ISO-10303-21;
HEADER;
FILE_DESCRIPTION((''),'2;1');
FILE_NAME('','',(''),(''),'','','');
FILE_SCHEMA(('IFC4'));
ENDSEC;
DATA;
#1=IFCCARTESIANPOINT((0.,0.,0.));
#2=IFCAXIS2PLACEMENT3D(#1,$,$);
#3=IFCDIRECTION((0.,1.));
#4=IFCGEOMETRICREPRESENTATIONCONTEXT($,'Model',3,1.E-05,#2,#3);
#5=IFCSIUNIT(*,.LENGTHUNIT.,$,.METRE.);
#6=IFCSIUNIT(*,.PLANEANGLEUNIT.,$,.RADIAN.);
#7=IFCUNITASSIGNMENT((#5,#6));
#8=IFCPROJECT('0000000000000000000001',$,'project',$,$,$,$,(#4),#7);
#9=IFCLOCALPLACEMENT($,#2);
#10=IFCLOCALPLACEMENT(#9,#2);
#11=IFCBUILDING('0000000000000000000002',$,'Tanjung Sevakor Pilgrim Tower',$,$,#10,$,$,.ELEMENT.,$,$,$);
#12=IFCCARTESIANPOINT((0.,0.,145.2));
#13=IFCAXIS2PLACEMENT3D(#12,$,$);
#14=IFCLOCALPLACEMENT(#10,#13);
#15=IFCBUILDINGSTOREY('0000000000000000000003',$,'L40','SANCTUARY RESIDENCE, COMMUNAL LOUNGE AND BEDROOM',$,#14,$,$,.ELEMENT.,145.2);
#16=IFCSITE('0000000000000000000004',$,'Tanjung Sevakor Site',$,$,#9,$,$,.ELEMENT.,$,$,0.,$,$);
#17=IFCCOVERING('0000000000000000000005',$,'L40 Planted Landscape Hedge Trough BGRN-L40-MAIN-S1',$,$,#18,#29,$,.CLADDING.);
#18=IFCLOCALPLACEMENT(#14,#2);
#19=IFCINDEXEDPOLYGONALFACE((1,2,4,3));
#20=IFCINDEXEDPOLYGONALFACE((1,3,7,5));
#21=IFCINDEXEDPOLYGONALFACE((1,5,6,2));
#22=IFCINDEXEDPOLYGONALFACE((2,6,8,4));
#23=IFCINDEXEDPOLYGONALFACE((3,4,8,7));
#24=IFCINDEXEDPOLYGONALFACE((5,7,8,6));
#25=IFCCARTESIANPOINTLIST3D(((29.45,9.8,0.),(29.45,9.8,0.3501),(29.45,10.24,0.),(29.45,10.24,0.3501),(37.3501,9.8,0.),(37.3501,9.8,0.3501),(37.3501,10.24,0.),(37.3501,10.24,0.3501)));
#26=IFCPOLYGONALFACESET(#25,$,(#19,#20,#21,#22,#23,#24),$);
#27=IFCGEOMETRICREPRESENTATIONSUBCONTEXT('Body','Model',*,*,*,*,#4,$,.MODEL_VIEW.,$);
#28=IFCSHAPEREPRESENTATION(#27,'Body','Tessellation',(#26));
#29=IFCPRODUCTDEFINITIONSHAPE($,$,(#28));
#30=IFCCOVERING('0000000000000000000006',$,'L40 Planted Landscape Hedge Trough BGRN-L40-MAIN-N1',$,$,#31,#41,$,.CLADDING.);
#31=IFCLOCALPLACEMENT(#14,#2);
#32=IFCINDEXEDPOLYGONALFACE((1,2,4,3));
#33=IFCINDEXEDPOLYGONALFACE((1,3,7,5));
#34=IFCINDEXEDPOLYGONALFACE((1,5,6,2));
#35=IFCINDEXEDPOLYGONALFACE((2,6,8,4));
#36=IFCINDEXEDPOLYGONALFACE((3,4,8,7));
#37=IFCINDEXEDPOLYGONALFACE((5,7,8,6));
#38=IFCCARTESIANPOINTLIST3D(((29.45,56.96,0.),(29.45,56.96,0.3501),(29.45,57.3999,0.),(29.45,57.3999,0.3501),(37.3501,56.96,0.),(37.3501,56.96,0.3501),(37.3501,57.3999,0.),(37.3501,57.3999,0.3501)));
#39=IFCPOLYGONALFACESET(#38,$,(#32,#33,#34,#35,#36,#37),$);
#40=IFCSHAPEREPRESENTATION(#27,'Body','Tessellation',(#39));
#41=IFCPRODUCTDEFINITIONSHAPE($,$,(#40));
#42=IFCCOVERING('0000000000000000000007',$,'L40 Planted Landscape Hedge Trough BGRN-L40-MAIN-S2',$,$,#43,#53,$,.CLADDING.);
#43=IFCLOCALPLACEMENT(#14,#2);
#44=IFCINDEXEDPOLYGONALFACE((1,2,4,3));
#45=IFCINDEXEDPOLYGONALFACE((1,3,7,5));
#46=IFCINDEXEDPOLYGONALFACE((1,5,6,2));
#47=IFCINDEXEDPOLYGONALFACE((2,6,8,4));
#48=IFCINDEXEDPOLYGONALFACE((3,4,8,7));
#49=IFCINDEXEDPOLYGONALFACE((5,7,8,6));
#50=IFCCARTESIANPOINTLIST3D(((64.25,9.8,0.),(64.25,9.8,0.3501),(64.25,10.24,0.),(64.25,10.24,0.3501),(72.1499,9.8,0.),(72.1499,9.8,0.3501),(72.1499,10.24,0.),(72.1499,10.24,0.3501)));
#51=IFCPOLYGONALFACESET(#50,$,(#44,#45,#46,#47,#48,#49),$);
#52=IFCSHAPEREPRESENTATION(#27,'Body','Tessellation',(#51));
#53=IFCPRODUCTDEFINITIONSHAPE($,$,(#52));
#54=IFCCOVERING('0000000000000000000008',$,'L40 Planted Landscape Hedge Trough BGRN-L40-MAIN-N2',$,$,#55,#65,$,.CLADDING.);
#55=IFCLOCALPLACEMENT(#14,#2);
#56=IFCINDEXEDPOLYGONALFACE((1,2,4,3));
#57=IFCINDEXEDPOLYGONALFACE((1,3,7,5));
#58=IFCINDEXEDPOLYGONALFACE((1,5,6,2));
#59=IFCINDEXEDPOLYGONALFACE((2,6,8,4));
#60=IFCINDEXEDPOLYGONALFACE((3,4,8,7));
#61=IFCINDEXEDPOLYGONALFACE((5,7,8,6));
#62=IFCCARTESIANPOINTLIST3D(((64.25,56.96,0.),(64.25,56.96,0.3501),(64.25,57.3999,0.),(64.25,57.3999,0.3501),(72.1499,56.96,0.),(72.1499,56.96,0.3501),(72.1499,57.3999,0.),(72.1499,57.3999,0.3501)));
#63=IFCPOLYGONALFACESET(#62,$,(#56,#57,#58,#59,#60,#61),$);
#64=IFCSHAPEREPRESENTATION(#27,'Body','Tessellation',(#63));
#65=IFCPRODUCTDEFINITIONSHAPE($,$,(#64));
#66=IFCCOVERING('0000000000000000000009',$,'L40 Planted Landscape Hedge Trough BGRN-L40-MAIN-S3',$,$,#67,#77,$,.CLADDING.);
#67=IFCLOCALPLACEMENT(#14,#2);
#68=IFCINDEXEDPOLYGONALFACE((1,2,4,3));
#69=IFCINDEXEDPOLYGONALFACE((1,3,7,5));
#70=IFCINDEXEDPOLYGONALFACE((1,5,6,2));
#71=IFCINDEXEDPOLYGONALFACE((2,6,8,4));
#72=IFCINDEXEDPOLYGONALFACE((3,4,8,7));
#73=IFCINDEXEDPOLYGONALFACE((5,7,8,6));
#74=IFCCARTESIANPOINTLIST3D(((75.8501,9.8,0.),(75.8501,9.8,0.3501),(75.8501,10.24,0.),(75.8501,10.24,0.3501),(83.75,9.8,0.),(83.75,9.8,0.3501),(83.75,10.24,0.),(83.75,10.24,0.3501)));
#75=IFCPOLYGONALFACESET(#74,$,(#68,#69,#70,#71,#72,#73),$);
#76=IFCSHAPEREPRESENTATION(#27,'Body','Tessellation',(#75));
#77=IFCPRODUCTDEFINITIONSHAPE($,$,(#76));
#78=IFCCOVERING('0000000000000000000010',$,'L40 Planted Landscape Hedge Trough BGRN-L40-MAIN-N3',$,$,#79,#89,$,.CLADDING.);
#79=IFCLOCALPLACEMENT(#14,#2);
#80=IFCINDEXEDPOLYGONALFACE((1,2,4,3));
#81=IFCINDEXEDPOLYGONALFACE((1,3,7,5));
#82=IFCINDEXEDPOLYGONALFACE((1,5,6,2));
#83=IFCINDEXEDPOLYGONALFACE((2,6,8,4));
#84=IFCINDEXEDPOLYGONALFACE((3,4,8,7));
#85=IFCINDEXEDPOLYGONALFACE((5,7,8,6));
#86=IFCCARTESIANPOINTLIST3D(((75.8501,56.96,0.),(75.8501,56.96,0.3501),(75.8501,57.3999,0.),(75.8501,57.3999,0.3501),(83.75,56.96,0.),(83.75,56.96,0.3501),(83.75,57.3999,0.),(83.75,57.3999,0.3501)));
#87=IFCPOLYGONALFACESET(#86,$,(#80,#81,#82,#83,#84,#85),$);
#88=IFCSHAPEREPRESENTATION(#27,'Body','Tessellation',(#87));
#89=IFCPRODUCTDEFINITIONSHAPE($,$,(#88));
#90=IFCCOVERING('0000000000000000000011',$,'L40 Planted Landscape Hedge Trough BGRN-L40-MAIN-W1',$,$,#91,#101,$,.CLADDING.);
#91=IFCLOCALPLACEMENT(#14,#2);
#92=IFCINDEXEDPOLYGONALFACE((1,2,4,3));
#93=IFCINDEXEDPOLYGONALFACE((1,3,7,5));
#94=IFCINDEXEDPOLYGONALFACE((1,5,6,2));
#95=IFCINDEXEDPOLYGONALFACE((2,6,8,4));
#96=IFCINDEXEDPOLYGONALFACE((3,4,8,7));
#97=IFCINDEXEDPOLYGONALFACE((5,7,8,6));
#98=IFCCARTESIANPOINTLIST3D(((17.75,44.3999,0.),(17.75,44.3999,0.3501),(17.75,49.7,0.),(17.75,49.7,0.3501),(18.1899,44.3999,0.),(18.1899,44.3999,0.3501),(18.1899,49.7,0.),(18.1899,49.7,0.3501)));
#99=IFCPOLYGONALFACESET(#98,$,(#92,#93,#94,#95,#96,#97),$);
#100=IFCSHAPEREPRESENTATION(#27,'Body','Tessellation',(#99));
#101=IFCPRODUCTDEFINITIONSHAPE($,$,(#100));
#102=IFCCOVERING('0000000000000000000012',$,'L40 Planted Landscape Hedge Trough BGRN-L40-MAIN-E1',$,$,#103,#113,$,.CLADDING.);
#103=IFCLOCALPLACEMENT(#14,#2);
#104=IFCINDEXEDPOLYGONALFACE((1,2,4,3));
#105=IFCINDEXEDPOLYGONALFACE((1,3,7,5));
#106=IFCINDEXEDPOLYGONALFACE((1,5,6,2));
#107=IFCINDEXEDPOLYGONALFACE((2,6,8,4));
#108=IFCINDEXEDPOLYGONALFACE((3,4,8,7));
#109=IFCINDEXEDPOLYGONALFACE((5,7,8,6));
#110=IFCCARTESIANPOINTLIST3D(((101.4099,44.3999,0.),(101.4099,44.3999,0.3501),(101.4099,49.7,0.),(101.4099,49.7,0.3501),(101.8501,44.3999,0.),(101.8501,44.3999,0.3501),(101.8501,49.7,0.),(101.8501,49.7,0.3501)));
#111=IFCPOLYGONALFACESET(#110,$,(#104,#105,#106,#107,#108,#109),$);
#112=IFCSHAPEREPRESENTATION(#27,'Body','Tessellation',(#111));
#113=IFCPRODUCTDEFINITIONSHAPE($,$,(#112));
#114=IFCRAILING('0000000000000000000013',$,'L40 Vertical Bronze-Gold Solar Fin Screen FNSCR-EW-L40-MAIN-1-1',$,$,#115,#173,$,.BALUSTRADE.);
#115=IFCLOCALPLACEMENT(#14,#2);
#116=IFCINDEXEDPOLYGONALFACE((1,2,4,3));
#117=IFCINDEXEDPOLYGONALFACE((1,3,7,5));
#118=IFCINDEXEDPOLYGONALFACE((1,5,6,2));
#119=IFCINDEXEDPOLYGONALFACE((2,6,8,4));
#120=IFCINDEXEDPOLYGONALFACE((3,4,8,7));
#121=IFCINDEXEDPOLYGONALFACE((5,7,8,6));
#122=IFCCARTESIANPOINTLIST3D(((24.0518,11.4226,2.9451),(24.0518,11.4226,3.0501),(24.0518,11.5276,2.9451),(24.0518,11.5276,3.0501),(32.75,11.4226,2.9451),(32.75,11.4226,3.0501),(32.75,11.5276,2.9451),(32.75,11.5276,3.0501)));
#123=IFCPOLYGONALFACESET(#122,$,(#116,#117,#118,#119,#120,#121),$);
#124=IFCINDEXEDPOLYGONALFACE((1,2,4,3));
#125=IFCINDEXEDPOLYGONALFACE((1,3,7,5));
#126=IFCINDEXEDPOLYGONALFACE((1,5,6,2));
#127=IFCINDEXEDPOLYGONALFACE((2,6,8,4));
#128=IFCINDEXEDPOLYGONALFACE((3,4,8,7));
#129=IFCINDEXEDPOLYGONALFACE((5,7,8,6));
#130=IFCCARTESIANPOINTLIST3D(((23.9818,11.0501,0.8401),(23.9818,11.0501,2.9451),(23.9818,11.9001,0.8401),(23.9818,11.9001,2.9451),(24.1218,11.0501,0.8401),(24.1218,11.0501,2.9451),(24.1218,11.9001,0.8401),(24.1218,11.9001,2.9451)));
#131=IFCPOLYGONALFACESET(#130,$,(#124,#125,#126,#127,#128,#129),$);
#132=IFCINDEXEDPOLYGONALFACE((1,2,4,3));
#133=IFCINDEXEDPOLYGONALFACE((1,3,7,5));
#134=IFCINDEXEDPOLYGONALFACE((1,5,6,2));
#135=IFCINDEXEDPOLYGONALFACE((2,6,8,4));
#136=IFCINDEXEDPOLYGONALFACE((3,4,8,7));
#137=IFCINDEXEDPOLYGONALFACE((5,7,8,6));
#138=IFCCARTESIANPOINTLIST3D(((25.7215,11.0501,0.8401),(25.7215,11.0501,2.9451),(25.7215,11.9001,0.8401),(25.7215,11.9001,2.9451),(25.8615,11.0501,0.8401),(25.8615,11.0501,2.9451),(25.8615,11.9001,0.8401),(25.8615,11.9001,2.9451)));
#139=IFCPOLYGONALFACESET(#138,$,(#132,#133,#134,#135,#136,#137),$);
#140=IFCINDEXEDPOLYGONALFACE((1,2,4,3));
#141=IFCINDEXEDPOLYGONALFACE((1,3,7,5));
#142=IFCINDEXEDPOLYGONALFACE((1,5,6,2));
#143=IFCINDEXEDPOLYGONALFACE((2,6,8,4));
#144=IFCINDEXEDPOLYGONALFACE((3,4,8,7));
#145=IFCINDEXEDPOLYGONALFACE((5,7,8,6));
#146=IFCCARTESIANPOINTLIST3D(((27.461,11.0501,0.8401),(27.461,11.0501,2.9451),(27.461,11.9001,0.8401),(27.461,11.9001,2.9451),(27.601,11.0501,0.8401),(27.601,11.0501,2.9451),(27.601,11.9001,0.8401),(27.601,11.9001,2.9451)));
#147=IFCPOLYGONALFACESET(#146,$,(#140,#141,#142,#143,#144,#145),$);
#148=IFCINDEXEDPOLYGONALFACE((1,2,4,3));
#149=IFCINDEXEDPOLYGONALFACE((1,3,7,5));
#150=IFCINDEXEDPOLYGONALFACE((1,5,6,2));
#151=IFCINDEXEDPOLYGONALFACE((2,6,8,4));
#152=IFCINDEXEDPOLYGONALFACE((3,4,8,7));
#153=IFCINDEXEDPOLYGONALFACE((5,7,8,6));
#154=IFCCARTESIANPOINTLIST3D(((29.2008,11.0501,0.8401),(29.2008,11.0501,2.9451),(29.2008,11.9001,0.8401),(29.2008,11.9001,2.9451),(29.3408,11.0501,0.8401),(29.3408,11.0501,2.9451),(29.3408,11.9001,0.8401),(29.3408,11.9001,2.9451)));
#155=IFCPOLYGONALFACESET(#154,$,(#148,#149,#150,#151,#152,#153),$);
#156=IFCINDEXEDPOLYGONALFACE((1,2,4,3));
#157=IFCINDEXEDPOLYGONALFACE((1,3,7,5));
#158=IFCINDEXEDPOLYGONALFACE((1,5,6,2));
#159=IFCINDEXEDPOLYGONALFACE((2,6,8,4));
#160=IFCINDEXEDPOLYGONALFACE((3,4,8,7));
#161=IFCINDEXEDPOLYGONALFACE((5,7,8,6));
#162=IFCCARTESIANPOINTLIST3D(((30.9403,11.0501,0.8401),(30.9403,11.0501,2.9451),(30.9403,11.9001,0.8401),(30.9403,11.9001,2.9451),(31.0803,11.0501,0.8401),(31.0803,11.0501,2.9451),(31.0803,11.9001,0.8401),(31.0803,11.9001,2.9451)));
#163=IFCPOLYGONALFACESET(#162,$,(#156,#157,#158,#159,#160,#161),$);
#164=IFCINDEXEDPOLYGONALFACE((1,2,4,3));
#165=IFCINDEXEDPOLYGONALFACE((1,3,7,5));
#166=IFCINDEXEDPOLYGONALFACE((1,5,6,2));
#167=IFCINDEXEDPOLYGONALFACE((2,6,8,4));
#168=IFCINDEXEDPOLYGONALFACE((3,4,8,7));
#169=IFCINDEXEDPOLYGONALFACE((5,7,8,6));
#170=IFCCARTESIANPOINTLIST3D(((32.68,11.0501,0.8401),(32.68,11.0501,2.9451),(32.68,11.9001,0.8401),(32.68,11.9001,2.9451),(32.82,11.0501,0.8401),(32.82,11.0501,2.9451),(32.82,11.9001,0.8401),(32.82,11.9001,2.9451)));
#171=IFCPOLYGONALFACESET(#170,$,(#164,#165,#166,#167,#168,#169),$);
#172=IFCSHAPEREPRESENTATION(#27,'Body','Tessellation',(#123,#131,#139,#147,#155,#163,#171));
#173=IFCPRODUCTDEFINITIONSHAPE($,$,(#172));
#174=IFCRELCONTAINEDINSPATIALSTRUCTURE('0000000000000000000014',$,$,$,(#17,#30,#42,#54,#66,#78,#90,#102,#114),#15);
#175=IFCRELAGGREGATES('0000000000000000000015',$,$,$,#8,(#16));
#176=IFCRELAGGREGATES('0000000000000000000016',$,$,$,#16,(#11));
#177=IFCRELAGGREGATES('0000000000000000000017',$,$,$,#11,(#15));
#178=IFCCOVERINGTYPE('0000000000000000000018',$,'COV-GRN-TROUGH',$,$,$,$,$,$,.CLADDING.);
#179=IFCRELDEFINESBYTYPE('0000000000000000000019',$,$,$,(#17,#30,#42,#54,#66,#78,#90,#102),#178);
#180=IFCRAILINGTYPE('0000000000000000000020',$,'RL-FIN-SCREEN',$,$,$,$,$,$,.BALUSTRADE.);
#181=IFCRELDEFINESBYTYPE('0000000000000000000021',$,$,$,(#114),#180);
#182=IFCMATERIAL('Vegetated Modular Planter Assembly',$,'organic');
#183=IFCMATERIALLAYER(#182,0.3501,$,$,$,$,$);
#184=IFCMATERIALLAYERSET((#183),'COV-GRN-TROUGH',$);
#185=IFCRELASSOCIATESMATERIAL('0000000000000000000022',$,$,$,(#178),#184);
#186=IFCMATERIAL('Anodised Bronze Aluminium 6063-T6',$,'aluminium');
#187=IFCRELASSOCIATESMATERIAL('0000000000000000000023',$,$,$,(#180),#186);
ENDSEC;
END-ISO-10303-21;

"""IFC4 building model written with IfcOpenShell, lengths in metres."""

from ifc_helpers import new_model, si_unit, direction, frame, origin, place, context, subcontext, project, spatial, polyline, rectangle, outline, extrude, material, layer, layer_set, type_object, element, save


model = new_model("IFC4")

# Units and contexts
model_context = context("Model", 3, precision=1e-05, world=origin(), true_north=direction((0.0, 1.0)))
body_context = subcontext(model_context, "Body", "Model", "MODEL_VIEW")
ifc_project = project(units=[si_unit("LENGTHUNIT", "METRE"), si_unit("PLANEANGLEUNIT", "RADIAN")], contexts=[model_context])

# Site, building, storey
site_placement = place(None, origin())
site = spatial("IfcSite", under=ifc_project, at=site_placement, Name="Tanjung Sevakor Site", CompositionType="ELEMENT", RefElevation=0.0)
building_placement = place(site_placement, origin())
building = spatial("IfcBuilding", under=site, at=building_placement, Name="Tanjung Sevakor Pilgrim Tower", CompositionType="ELEMENT")
storey_placement = place(building_placement, frame((0.0, 0.0, 145.2)))
storey = spatial("IfcBuildingStorey", under=building, at=storey_placement, Name="L40", Description="SANCTUARY RESIDENCE, COMMUNAL LOUNGE AND BEDROOM", CompositionType="ELEMENT", Elevation=145.2)

# Coverings
ifc_material_1 = material(Name="Vegetated Modular Planter Assembly", Category="organic")
ifc_layer_1 = layer(ifc_material_1, 0.3501)
ifc_layer_set_1 = layer_set([ifc_layer_1], Name="COV-GRN-TROUGH")
covering_type = type_object("IfcCoveringType", Name="COV-GRN-TROUGH", PredefinedType="CLADDING", material=ifc_layer_set_1)
covering_1_placement = place(storey_placement, origin())
element("IfcCovering", 1, at=covering_1_placement, inside=storey, type_object=covering_type, Name="L40 Planted Landscape Hedge Trough BGRN-L40-MAIN-S1", PredefinedType="CLADDING", context=body_context, shape_type="SweptSolid", body=[
    extrude(outline(polyline([(29.45, 9.8), (37.3501, 9.8), (37.3501, 10.24), (29.45, 10.24), (29.45, 9.8)])), origin(), (0.0, 0.0, 1.0), 0.3501),
])
covering_2_placement = place(storey_placement, origin())
element("IfcCovering", 2, at=covering_2_placement, inside=storey, type_object=covering_type, Name="L40 Planted Landscape Hedge Trough BGRN-L40-MAIN-N1", PredefinedType="CLADDING", context=body_context, shape_type="SweptSolid", body=[
    extrude(outline(polyline([(29.45, 56.96), (37.3501, 56.96), (37.3501, 57.3999), (29.45, 57.3999), (29.45, 56.96)])), origin(), (0.0, 0.0, 1.0), 0.3501),
])
covering_3_placement = place(storey_placement, origin())
element("IfcCovering", 3, at=covering_3_placement, inside=storey, type_object=covering_type, Name="L40 Planted Landscape Hedge Trough BGRN-L40-MAIN-S2", PredefinedType="CLADDING", context=body_context, shape_type="SweptSolid", body=[
    extrude(outline(polyline([(64.25, 9.8), (72.1499, 9.8), (72.1499, 10.24), (64.25, 10.24), (64.25, 9.8)])), origin(), (0.0, 0.0, 1.0), 0.3501),
])
covering_4_placement = place(storey_placement, origin())
element("IfcCovering", 4, at=covering_4_placement, inside=storey, type_object=covering_type, Name="L40 Planted Landscape Hedge Trough BGRN-L40-MAIN-N2", PredefinedType="CLADDING", context=body_context, shape_type="SweptSolid", body=[
    extrude(outline(polyline([(64.25, 56.96), (72.1499, 56.96), (72.1499, 57.3999), (64.25, 57.3999), (64.25, 56.96)])), origin(), (0.0, 0.0, 1.0), 0.3501),
])
covering_5_placement = place(storey_placement, origin())
element("IfcCovering", 5, at=covering_5_placement, inside=storey, type_object=covering_type, Name="L40 Planted Landscape Hedge Trough BGRN-L40-MAIN-S3", PredefinedType="CLADDING", context=body_context, shape_type="SweptSolid", body=[
    extrude(outline(polyline([(75.8501, 9.8), (83.75, 9.8), (83.75, 10.24), (75.8501, 10.24), (75.8501, 9.8)])), origin(), (0.0, 0.0, 1.0), 0.3501),
])
covering_6_placement = place(storey_placement, origin())
element("IfcCovering", 6, at=covering_6_placement, inside=storey, type_object=covering_type, Name="L40 Planted Landscape Hedge Trough BGRN-L40-MAIN-N3", PredefinedType="CLADDING", context=body_context, shape_type="SweptSolid", body=[
    extrude(outline(polyline([(75.8501, 56.96), (83.75, 56.96), (83.75, 57.3999), (75.8501, 57.3999), (75.8501, 56.96)])), origin(), (0.0, 0.0, 1.0), 0.3501),
])
covering_7_placement = place(storey_placement, origin())
element("IfcCovering", 7, at=covering_7_placement, inside=storey, type_object=covering_type, Name="L40 Planted Landscape Hedge Trough BGRN-L40-MAIN-W1", PredefinedType="CLADDING", context=body_context, shape_type="SweptSolid", body=[
    extrude(outline(polyline([(18.1899, 44.3999), (18.1899, 49.7), (17.75, 49.7), (17.75, 44.3999), (18.1899, 44.3999)])), origin(), (0.0, 0.0, 1.0), 0.3501),
])
covering_8_placement = place(storey_placement, origin())
element("IfcCovering", 8, at=covering_8_placement, inside=storey, type_object=covering_type, Name="L40 Planted Landscape Hedge Trough BGRN-L40-MAIN-E1", PredefinedType="CLADDING", context=body_context, shape_type="SweptSolid", body=[
    extrude(outline(polyline([(101.8501, 44.3999), (101.8501, 49.7), (101.4099, 49.7), (101.4099, 44.3999), (101.8501, 44.3999)])), origin(), (0.0, 0.0, 1.0), 0.3501),
])

# Railing
ifc_material_2 = material(Name="Anodised Bronze Aluminium 6063-T6", Category="aluminium")
railing_type = type_object("IfcRailingType", Name="RL-FIN-SCREEN", PredefinedType="BALUSTRADE", material=ifc_material_2)
railing_placement = place(storey_placement, frame((24.0518, 11.4751, 0.8401)))
element("IfcRailing", 9, at=railing_placement, inside=storey, type_object=railing_type, Name="L40 Vertical Bronze-Gold Solar Fin Screen FNSCR-EW-L40-MAIN-1-1", PredefinedType="BALUSTRADE", context=body_context, shape_type="SweptSolid", body=[
    extrude(rectangle(XDim=0.105, YDim=0.105), frame((0.0, 0.0, 2.1575), z_axis=(1.0, 0.0, 0.0), x_axis=(0.0, 1.0, 0.0)), (0.0, 0.0, 1.0), 8.6982),
    extrude(rectangle(XDim=0.14, YDim=0.85), origin(), (0.0, 0.0, 1.0), 2.105),
    extrude(rectangle(XDim=0.14, YDim=0.85), frame((1.7397, 0.0, 0.0)), (0.0, 0.0, 1.0), 2.105),
    extrude(rectangle(XDim=0.14, YDim=0.85), frame((3.4792, 0.0, 0.0)), (0.0, 0.0, 1.0), 2.105),
    extrude(rectangle(XDim=0.14, YDim=0.85), frame((5.219, 0.0, 0.0)), (0.0, 0.0, 1.0), 2.105),
    extrude(rectangle(XDim=0.14, YDim=0.85), frame((6.9585, 0.0, 0.0)), (0.0, 0.0, 1.0), 2.105),
    extrude(rectangle(XDim=0.14, YDim=0.85), frame((8.6982, 0.0, 0.0)), (0.0, 0.0, 1.0), 2.105),
])

save(model, "model.ifc")
